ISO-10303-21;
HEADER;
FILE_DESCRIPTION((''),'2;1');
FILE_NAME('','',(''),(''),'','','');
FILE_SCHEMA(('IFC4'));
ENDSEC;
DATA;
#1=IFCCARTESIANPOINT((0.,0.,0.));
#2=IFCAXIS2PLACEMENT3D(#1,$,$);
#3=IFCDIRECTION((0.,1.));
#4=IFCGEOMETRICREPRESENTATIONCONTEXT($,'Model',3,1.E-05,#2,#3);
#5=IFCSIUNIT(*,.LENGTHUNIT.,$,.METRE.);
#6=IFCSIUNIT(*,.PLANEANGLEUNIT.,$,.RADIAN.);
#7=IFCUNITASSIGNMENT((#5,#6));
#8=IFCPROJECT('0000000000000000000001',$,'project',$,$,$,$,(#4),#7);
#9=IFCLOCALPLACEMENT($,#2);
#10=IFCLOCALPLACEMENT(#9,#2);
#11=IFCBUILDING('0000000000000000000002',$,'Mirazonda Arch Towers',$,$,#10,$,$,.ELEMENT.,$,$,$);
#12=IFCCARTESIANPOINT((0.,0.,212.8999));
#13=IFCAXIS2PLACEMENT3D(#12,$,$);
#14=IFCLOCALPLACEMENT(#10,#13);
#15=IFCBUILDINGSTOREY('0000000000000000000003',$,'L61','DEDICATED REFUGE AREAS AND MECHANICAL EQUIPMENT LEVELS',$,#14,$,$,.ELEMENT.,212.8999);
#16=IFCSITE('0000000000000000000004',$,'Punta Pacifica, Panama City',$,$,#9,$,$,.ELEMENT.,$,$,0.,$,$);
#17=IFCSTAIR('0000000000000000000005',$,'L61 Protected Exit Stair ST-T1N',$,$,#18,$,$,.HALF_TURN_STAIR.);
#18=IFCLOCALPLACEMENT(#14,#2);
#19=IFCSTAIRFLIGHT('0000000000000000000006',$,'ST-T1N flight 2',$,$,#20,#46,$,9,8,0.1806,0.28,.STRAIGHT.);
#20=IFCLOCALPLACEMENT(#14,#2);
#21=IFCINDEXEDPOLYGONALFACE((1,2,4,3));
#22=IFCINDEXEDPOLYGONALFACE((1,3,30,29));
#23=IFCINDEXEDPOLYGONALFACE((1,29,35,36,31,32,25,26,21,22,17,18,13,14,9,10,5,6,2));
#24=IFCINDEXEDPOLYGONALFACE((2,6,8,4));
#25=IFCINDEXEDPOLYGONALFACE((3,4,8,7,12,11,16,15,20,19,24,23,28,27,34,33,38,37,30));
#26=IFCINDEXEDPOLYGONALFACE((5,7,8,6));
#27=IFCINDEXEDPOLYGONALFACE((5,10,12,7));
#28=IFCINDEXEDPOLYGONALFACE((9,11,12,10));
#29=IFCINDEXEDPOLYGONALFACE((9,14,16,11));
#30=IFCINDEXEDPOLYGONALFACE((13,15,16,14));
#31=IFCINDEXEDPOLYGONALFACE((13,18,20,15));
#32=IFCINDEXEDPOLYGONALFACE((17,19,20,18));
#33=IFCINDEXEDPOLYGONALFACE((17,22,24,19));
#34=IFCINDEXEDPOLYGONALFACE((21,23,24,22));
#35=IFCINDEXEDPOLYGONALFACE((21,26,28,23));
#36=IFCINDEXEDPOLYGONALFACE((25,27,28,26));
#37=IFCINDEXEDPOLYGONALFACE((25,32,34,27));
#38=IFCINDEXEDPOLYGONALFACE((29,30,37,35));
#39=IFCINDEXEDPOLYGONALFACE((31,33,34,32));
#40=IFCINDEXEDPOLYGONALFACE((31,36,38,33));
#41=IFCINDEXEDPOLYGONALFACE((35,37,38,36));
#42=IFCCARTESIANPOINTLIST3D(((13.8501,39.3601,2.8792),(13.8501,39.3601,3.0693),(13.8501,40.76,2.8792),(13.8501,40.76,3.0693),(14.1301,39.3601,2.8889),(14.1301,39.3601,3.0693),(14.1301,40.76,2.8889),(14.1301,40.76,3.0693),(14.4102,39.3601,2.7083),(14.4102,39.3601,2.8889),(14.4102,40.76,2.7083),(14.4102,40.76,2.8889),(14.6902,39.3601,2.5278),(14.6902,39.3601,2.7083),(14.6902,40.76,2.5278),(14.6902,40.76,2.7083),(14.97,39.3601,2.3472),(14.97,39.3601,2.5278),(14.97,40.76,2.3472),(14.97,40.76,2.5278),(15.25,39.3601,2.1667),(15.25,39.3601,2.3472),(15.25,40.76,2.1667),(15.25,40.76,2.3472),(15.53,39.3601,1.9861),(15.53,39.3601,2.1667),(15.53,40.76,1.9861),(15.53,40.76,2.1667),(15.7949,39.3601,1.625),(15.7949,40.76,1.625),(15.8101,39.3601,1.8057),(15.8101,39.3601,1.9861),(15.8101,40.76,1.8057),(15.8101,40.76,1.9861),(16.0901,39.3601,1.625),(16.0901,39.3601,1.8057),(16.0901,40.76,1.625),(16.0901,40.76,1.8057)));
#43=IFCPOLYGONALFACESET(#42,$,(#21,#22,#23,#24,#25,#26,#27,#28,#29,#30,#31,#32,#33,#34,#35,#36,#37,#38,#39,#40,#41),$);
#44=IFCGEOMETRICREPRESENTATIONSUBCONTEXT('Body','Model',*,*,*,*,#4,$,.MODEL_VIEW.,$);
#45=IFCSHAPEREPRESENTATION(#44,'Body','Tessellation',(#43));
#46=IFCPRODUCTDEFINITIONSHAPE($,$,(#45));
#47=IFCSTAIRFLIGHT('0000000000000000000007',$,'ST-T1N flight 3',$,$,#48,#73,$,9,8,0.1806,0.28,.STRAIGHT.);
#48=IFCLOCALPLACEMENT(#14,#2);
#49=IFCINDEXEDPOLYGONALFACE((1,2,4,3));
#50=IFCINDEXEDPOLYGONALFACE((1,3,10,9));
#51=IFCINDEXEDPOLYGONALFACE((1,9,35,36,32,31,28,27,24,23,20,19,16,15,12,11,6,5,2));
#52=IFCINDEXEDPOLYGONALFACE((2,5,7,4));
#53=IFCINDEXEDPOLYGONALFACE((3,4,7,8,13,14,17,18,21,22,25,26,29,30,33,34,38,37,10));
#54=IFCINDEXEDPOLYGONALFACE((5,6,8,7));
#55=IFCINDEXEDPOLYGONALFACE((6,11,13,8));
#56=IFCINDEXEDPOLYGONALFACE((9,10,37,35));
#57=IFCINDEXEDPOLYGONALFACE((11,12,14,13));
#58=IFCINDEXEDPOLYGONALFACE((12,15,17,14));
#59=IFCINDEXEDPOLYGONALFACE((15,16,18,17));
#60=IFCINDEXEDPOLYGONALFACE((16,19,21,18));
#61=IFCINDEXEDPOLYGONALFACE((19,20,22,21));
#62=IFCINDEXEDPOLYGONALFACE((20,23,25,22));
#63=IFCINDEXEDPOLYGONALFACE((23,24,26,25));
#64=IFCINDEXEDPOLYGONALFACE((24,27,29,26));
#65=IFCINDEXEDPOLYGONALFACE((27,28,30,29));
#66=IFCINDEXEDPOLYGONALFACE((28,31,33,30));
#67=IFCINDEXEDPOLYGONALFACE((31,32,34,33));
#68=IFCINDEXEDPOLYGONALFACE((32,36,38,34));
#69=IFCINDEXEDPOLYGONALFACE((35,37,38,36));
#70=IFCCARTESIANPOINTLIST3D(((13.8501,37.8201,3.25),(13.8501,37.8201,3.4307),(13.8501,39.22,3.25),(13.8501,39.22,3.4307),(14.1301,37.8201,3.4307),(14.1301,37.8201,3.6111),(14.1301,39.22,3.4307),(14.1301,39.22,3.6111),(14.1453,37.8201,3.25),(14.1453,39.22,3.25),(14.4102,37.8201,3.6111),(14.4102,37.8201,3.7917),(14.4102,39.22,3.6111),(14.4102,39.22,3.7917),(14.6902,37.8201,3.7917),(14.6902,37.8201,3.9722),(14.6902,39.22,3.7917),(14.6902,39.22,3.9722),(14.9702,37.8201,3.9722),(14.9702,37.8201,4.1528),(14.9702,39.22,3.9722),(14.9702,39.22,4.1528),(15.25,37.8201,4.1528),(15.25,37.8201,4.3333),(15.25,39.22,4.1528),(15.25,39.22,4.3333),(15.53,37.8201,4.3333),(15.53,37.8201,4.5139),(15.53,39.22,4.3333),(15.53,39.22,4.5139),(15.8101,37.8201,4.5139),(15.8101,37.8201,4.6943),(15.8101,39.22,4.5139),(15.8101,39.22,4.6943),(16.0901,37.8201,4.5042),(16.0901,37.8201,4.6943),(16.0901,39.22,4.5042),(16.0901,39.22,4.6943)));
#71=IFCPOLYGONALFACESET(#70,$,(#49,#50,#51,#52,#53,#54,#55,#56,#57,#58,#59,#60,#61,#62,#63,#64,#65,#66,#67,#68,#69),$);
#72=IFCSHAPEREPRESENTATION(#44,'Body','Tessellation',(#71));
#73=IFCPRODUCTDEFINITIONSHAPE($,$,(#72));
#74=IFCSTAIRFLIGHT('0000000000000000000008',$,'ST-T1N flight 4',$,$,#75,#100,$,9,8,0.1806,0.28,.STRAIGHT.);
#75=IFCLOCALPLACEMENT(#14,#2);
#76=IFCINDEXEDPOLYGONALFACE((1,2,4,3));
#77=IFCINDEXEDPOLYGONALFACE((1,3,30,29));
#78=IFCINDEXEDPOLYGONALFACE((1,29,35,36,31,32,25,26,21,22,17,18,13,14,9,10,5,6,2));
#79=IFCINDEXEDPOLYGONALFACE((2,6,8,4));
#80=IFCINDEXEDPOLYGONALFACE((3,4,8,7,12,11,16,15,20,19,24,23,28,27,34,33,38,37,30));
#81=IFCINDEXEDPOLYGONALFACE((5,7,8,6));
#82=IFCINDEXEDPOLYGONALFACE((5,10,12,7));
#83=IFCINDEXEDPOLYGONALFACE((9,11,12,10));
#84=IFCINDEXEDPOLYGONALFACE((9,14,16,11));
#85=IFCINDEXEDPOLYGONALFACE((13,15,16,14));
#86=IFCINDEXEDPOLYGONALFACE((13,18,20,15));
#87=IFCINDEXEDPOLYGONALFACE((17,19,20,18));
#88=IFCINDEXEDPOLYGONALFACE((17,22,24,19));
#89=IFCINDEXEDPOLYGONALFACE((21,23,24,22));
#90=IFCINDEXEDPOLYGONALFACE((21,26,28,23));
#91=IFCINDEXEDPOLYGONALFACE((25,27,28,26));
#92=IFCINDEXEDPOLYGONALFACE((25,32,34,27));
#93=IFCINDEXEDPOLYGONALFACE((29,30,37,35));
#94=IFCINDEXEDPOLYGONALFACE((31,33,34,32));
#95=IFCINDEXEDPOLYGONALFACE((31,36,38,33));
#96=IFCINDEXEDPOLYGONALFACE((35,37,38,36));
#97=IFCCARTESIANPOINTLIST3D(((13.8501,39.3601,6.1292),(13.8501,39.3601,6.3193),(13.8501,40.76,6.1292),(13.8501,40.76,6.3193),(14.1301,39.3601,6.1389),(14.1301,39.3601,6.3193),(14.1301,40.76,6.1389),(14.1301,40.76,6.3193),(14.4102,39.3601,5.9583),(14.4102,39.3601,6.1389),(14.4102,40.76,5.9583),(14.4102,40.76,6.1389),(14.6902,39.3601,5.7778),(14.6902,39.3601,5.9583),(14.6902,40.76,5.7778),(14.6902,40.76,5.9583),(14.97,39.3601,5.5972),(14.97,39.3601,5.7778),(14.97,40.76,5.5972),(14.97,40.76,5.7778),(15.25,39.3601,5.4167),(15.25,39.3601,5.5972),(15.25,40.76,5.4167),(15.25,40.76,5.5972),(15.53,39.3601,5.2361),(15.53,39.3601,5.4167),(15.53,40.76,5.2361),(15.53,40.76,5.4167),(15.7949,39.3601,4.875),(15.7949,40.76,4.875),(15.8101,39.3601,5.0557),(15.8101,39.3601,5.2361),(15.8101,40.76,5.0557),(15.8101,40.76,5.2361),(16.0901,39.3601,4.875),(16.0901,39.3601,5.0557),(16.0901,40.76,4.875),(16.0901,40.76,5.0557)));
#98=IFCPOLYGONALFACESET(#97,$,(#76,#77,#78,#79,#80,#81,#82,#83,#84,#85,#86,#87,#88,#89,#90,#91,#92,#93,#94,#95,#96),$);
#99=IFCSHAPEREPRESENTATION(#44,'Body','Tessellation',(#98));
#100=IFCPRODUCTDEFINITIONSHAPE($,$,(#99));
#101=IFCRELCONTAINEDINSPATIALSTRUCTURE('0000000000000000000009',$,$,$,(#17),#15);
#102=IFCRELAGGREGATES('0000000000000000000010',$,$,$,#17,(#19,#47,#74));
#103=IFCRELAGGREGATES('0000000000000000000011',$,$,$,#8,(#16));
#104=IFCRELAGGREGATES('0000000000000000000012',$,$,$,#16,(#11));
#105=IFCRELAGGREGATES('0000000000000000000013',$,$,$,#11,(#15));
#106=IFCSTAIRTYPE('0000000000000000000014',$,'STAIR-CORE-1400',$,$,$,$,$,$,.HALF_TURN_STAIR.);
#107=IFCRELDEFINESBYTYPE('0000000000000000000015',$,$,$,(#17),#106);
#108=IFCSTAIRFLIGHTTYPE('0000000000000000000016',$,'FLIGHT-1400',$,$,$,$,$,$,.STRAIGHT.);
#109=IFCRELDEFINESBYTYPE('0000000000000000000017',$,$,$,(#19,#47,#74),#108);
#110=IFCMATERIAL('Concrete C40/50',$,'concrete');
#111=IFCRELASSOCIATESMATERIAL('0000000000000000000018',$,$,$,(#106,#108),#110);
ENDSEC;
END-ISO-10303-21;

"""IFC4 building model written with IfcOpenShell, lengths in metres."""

from ifc_helpers import new_model, si_unit, direction, frame, origin, place, context, subcontext, project, spatial, polyline, outline, extrude, material, type_object, element, aggregate, save


model = new_model("IFC4")

# Units and contexts
model_context = context("Model", 3, precision=1e-05, world=origin(), true_north=direction((0.0, 1.0)))
body_context = subcontext(model_context, "Body", "Model", "MODEL_VIEW")
ifc_project = project(units=[si_unit("LENGTHUNIT", "METRE"), si_unit("PLANEANGLEUNIT", "RADIAN")], contexts=[model_context])

# Site, building, storey
site_placement = place(None, origin())
site = spatial("IfcSite", under=ifc_project, at=site_placement, Name="Punta Pacifica, Panama City", CompositionType="ELEMENT", RefElevation=0.0)
building_placement = place(site_placement, origin())
building = spatial("IfcBuilding", under=site, at=building_placement, Name="Mirazonda Arch Towers", CompositionType="ELEMENT")
storey_placement = place(building_placement, frame((0.0, 0.0, 212.8999)))
storey = spatial("IfcBuildingStorey", under=building, at=storey_placement, Name="L61", Description="DEDICATED REFUGE AREAS AND MECHANICAL EQUIPMENT LEVELS", CompositionType="ELEMENT", Elevation=212.8999)

# Shared definitions
ifc_material_1 = material(Name="Concrete C40/50", Category="concrete")

# Stair, stair flights
stair_type = type_object("IfcStairType", Name="STAIR-CORE-1400", PredefinedType="HALF_TURN_STAIR", material=ifc_material_1)
stair_placement = place(storey_placement, origin())
stair = element("IfcStair", 1, at=stair_placement, inside=storey, type_object=stair_type, Name="L61 Protected Exit Stair ST-T1N", PredefinedType="HALF_TURN_STAIR")
stair_flight_type = type_object("IfcStairFlightType", Name="FLIGHT-1400", PredefinedType="STRAIGHT", material=ifc_material_1)
stair_flight_1_placement = place(storey_placement, frame((16.0901, 40.0601, 1.625), z_axis=(0.0, 0.0, 1.0), x_axis=(-1.0, 0.0, 0.0)))
stair_flight_1 = element("IfcStairFlight", 2, at=stair_flight_1_placement, type_object=stair_flight_type, Name="ST-T1N flight 2", NumberOfRisers=9, NumberOfTreads=8, PredefinedType="STRAIGHT", RiserHeight=0.1806, TreadLength=0.28, context=body_context, shape_type="SweptSolid", body=[
    extrude(outline(polyline([(0.0, 0.0), (0.0, 0.1807), (0.28, 0.1807), (0.28, 0.3611), (0.5601, 0.3611), (0.5601, 0.5417), (0.8401, 0.5417), (0.8401, 0.7222), (1.1201, 0.7222), (1.1201, 0.9028), (1.3999, 0.9028), (1.3999, 1.0833), (1.6799, 1.0833), (1.6799, 1.2639), (1.96, 1.2639), (1.96, 1.4443), (2.24, 1.4443), (2.24, 1.625), (2.24, 1.2542), (0.2952, 0.0), (0.0, 0.0)])), frame((0.0, 0.7, 0.0), z_axis=(0.0, -1.0, 0.0), x_axis=(1.0, 0.0, 0.0)), (0.0, 0.0, 1.0), 1.3999),
])
stair_flight_2_placement = place(storey_placement, frame((13.8501, 38.52, 3.25), z_axis=(0.0, 0.0, 1.0), x_axis=(1.0, 0.0, 0.0)))
stair_flight_2 = element("IfcStairFlight", 3, at=stair_flight_2_placement, type_object=stair_flight_type, Name="ST-T1N flight 3", NumberOfRisers=9, NumberOfTreads=8, PredefinedType="STRAIGHT", RiserHeight=0.1806, TreadLength=0.28, context=body_context, shape_type="SweptSolid", body=[
    extrude(outline(polyline([(0.0, 0.0), (0.0, 0.1807), (0.28, 0.1807), (0.28, 0.3611), (0.5601, 0.3611), (0.5601, 0.5417), (0.8401, 0.5417), (0.8401, 0.7222), (1.1201, 0.7222), (1.1201, 0.9028), (1.3999, 0.9028), (1.3999, 1.0833), (1.6799, 1.0833), (1.6799, 1.2639), (1.96, 1.2639), (1.96, 1.4443), (2.24, 1.4443), (2.24, 1.625), (2.24, 1.2542), (0.2952, 0.0), (0.0, 0.0)])), frame((0.0, 0.7, 0.0), z_axis=(0.0, -1.0, 0.0), x_axis=(1.0, 0.0, 0.0)), (0.0, 0.0, 1.0), 1.3999),
])
stair_flight_3_placement = place(storey_placement, frame((16.0901, 40.0601, 4.875), z_axis=(0.0, 0.0, 1.0), x_axis=(-1.0, 0.0, 0.0)))
stair_flight_3 = element("IfcStairFlight", 4, at=stair_flight_3_placement, type_object=stair_flight_type, Name="ST-T1N flight 4", NumberOfRisers=9, NumberOfTreads=8, PredefinedType="STRAIGHT", RiserHeight=0.1806, TreadLength=0.28, context=body_context, shape_type="SweptSolid", body=[
    extrude(outline(polyline([(0.0, 0.0), (0.0, 0.1807), (0.28, 0.1807), (0.28, 0.3611), (0.5601, 0.3611), (0.5601, 0.5417), (0.8401, 0.5417), (0.8401, 0.7222), (1.1201, 0.7222), (1.1201, 0.9028), (1.3999, 0.9028), (1.3999, 1.0833), (1.6799, 1.0833), (1.6799, 1.2639), (1.96, 1.2639), (1.96, 1.4443), (2.24, 1.4443), (2.24, 1.625), (2.24, 1.2542), (0.2952, 0.0), (0.0, 0.0)])), frame((0.0, 0.7, 0.0), z_axis=(0.0, -1.0, 0.0), x_axis=(1.0, 0.0, 0.0)), (0.0, 0.0, 1.0), 1.3999),
])
aggregate(stair, [stair_flight_1, stair_flight_2, stair_flight_3])

save(model, "model.ifc")
